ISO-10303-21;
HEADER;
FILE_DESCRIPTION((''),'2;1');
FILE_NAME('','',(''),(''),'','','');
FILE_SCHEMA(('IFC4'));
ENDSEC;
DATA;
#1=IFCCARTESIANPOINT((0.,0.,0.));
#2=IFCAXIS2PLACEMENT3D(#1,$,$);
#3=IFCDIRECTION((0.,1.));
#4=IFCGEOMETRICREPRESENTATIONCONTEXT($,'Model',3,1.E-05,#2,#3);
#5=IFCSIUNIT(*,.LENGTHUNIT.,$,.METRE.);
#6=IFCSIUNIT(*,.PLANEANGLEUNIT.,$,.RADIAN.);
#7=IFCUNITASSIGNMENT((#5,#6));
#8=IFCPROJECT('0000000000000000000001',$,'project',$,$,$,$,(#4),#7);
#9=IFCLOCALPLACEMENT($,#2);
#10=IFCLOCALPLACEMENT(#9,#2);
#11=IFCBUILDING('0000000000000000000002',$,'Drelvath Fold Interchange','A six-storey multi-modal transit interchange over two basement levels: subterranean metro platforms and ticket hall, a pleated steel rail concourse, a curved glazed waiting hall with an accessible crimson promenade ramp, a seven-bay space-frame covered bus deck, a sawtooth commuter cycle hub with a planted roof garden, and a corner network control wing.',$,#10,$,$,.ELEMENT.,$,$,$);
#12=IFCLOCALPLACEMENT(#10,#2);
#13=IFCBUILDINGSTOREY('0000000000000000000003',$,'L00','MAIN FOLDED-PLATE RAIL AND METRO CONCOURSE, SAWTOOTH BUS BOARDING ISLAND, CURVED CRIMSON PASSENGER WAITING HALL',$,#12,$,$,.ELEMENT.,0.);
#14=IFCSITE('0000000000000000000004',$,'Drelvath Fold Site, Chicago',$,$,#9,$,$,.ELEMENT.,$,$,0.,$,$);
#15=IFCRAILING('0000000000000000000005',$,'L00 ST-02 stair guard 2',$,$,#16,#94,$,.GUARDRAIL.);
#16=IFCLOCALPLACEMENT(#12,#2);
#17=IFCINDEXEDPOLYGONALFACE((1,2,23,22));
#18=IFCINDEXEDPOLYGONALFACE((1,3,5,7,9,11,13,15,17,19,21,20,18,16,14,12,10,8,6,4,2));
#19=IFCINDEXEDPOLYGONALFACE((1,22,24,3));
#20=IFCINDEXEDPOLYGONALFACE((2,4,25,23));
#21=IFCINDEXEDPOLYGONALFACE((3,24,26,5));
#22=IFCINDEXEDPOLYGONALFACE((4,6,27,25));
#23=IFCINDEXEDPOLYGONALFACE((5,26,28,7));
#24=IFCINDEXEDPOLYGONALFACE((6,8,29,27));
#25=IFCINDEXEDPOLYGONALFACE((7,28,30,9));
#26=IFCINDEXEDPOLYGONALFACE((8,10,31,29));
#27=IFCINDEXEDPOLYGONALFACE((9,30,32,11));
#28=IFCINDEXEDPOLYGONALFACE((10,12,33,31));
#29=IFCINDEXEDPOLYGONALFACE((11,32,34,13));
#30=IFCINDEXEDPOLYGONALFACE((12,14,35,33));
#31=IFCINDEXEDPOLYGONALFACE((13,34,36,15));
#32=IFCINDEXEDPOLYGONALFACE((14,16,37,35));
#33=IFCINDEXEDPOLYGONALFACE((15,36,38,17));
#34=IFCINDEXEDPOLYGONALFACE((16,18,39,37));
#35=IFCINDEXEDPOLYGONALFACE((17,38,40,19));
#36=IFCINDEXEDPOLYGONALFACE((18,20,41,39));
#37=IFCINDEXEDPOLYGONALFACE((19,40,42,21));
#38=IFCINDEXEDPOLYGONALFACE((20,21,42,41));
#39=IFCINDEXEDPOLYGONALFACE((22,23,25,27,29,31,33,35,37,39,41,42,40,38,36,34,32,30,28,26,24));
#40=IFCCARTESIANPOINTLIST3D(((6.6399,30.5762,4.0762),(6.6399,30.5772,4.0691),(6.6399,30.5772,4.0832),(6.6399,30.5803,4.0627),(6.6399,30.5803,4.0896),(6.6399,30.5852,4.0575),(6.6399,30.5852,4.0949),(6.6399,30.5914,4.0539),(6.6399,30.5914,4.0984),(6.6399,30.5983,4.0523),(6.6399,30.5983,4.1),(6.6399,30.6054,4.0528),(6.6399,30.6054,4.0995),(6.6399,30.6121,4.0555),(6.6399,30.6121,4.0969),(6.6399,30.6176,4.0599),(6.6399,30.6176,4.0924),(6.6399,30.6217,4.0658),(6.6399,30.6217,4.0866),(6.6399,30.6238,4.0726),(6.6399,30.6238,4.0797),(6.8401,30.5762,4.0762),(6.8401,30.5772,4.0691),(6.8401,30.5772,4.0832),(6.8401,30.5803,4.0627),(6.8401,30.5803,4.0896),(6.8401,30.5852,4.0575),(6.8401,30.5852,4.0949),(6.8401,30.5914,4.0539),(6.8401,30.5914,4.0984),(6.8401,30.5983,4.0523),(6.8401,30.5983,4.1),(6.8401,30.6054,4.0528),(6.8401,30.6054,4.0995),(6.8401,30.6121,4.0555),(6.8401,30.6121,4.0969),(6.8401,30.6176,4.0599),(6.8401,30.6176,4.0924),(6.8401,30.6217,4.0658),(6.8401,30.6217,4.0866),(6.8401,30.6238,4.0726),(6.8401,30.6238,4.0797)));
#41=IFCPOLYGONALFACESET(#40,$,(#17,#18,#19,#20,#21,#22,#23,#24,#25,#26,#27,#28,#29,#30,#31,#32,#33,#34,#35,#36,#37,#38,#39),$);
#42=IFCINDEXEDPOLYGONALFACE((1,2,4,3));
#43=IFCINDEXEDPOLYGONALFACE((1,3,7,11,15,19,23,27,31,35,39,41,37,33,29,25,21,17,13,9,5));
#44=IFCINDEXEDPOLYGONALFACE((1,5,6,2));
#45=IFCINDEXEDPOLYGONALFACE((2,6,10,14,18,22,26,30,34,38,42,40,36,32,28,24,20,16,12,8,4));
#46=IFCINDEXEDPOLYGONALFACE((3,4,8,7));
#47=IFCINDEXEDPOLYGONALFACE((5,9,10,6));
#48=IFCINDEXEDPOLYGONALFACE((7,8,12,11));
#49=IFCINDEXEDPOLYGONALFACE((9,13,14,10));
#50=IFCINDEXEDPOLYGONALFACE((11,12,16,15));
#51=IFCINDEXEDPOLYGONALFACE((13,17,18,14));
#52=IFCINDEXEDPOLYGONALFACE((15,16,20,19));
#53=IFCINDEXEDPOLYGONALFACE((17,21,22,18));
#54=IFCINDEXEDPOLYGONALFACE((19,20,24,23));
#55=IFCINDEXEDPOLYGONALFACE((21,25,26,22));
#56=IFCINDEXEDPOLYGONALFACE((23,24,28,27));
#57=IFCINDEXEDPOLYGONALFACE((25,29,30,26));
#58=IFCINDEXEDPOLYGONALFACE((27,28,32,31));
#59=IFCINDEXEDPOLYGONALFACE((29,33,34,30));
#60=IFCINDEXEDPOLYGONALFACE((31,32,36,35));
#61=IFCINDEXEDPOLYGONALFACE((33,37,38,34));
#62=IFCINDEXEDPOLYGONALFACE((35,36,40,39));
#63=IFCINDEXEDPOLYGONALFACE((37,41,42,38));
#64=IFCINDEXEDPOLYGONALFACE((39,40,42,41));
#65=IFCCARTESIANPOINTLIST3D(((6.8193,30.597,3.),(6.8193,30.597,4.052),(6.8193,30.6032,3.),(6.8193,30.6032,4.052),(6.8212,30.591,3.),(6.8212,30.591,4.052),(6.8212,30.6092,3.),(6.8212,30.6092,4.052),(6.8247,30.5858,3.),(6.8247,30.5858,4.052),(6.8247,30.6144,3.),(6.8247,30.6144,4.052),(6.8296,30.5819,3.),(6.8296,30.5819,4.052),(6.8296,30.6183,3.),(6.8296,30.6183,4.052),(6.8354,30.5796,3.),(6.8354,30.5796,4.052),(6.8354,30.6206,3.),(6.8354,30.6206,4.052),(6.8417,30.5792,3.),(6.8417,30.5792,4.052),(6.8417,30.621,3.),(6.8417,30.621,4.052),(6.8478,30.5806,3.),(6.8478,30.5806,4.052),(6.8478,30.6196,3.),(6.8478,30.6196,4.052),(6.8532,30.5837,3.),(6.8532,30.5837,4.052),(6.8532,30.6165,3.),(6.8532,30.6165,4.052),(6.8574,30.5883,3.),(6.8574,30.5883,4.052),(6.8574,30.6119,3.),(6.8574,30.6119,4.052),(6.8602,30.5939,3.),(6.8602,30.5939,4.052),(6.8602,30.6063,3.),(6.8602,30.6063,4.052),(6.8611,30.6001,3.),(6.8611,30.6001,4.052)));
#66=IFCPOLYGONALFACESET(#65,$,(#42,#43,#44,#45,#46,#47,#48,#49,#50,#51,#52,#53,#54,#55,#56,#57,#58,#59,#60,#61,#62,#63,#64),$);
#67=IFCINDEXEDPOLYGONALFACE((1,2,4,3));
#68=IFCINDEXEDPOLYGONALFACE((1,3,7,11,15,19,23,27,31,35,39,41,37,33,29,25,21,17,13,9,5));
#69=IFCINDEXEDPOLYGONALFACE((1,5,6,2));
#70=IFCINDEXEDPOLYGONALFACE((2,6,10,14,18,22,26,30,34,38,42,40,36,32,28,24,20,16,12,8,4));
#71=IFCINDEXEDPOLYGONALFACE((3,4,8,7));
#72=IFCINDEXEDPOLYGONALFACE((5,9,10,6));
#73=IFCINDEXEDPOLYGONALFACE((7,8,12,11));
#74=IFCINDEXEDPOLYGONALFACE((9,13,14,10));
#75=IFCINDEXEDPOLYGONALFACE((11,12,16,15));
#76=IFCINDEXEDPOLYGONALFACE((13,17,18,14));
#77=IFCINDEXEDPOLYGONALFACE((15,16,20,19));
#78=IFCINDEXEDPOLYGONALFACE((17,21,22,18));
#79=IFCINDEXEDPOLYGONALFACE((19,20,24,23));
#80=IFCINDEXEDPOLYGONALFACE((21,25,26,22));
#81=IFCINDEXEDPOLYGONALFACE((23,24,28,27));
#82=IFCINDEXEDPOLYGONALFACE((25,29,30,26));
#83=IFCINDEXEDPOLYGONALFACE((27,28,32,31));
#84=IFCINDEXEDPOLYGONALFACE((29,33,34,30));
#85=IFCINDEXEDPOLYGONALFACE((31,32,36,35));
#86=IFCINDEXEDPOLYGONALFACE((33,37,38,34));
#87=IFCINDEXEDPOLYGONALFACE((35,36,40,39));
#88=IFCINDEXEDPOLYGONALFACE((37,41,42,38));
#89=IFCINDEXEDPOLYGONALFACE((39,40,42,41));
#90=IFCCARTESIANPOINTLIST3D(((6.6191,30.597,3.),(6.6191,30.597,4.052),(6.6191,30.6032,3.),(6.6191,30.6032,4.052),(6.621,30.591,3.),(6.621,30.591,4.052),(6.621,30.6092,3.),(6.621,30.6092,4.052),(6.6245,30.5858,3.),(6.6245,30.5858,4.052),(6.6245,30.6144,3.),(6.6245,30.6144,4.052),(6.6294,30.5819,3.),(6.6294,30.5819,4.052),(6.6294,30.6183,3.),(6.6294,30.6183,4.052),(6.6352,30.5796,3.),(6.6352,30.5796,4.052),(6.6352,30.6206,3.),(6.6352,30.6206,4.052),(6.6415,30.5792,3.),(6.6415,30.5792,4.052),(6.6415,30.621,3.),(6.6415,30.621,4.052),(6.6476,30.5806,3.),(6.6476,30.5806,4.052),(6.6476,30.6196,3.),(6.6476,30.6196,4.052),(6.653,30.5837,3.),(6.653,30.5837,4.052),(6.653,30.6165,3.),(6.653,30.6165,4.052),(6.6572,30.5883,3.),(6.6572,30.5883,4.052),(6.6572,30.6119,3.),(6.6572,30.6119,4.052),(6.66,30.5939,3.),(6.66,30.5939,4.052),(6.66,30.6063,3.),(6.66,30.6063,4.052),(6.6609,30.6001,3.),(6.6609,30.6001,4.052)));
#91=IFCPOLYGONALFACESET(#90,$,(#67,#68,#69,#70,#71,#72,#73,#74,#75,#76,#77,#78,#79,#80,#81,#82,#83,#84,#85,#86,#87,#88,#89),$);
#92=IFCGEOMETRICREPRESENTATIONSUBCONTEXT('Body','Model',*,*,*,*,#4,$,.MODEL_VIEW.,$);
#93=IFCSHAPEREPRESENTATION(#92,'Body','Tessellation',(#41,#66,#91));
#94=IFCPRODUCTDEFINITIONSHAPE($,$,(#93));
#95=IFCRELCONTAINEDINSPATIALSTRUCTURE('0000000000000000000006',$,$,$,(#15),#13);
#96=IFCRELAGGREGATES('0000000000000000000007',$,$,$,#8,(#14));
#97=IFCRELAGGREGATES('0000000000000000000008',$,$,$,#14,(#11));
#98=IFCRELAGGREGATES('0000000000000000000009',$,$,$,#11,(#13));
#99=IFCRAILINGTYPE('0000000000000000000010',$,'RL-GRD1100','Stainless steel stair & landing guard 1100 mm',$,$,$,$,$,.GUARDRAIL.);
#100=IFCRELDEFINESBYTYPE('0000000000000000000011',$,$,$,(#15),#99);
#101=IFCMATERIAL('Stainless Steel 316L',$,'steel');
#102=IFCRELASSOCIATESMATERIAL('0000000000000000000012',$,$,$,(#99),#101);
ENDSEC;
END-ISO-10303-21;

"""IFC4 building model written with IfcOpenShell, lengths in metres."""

from ifc_helpers import new_model, si_unit, direction, frame, origin, origin_2d, place, context, subcontext, project, spatial, circle, extrude, material, type_object, element, save


model = new_model("IFC4")

# Units and contexts
model_context = context("Model", 3, precision=1e-05, world=origin(), true_north=direction((0.0, 1.0)))
body_context = subcontext(model_context, "Body", "Model", "MODEL_VIEW")
ifc_project = project(units=[si_unit("LENGTHUNIT", "METRE"), si_unit("PLANEANGLEUNIT", "RADIAN")], contexts=[model_context])

# Site, building, storey
site_placement = place(None, origin())
site = spatial("IfcSite", under=ifc_project, at=site_placement, Name="Drelvath Fold Site, Chicago", CompositionType="ELEMENT", RefElevation=0.0)
building_placement = place(site_placement, origin())
building = spatial("IfcBuilding", under=site, at=building_placement, Name="Drelvath Fold Interchange", Description="A six-storey multi-modal transit interchange over two basement levels: subterranean metro platforms and ticket hall, a pleated steel rail concourse, a curved glazed waiting hall with an accessible crimson promenade ramp, a seven-bay space-frame covered bus deck, a sawtooth commuter cycle hub with a planted roof garden, and a corner network control wing.", CompositionType="ELEMENT")
storey_placement = place(building_placement, origin())
storey = spatial("IfcBuildingStorey", under=building, at=storey_placement, Name="L00", Description="MAIN FOLDED-PLATE RAIL AND METRO CONCOURSE, SAWTOOTH BUS BOARDING ISLAND, CURVED CRIMSON PASSENGER WAITING HALL", CompositionType="ELEMENT", Elevation=0.0)

# Railing
ifc_material_1 = material(Name="Stainless Steel 316L", Category="steel")
railing_type_1 = type_object("IfcRailingType", Name="RL-GRD1100", Description="Stainless steel stair & landing guard 1100 mm", PredefinedType="GUARDRAIL", material=ifc_material_1)
railing_1_placement = place(storey_placement, frame((6.8401, 30.6001, 3.0)))
element("IfcRailing", 1, at=railing_1_placement, inside=storey, type_object=railing_type_1, Name="L00 ST-02 stair guard 2", PredefinedType="GUARDRAIL", context=body_context, shape_type="SweptSolid", body=[
    extrude(circle(Radius=0.0239, at=origin_2d()), frame((0.0, 0.0, 1.0762), z_axis=(-1.0, 0.0, 0.0), x_axis=(0.0, -1.0, 0.0)), (0.0, 0.0, 1.0), 0.2002),
    extrude(circle(Radius=0.021, at=origin_2d()), origin(), (0.0, 0.0, 1.0), 1.052),
    extrude(circle(Radius=0.021, at=origin_2d()), frame((-0.2002, 0.0, 0.0)), (0.0, 0.0, 1.0), 1.052),
])

save(model, "model.ifc")
